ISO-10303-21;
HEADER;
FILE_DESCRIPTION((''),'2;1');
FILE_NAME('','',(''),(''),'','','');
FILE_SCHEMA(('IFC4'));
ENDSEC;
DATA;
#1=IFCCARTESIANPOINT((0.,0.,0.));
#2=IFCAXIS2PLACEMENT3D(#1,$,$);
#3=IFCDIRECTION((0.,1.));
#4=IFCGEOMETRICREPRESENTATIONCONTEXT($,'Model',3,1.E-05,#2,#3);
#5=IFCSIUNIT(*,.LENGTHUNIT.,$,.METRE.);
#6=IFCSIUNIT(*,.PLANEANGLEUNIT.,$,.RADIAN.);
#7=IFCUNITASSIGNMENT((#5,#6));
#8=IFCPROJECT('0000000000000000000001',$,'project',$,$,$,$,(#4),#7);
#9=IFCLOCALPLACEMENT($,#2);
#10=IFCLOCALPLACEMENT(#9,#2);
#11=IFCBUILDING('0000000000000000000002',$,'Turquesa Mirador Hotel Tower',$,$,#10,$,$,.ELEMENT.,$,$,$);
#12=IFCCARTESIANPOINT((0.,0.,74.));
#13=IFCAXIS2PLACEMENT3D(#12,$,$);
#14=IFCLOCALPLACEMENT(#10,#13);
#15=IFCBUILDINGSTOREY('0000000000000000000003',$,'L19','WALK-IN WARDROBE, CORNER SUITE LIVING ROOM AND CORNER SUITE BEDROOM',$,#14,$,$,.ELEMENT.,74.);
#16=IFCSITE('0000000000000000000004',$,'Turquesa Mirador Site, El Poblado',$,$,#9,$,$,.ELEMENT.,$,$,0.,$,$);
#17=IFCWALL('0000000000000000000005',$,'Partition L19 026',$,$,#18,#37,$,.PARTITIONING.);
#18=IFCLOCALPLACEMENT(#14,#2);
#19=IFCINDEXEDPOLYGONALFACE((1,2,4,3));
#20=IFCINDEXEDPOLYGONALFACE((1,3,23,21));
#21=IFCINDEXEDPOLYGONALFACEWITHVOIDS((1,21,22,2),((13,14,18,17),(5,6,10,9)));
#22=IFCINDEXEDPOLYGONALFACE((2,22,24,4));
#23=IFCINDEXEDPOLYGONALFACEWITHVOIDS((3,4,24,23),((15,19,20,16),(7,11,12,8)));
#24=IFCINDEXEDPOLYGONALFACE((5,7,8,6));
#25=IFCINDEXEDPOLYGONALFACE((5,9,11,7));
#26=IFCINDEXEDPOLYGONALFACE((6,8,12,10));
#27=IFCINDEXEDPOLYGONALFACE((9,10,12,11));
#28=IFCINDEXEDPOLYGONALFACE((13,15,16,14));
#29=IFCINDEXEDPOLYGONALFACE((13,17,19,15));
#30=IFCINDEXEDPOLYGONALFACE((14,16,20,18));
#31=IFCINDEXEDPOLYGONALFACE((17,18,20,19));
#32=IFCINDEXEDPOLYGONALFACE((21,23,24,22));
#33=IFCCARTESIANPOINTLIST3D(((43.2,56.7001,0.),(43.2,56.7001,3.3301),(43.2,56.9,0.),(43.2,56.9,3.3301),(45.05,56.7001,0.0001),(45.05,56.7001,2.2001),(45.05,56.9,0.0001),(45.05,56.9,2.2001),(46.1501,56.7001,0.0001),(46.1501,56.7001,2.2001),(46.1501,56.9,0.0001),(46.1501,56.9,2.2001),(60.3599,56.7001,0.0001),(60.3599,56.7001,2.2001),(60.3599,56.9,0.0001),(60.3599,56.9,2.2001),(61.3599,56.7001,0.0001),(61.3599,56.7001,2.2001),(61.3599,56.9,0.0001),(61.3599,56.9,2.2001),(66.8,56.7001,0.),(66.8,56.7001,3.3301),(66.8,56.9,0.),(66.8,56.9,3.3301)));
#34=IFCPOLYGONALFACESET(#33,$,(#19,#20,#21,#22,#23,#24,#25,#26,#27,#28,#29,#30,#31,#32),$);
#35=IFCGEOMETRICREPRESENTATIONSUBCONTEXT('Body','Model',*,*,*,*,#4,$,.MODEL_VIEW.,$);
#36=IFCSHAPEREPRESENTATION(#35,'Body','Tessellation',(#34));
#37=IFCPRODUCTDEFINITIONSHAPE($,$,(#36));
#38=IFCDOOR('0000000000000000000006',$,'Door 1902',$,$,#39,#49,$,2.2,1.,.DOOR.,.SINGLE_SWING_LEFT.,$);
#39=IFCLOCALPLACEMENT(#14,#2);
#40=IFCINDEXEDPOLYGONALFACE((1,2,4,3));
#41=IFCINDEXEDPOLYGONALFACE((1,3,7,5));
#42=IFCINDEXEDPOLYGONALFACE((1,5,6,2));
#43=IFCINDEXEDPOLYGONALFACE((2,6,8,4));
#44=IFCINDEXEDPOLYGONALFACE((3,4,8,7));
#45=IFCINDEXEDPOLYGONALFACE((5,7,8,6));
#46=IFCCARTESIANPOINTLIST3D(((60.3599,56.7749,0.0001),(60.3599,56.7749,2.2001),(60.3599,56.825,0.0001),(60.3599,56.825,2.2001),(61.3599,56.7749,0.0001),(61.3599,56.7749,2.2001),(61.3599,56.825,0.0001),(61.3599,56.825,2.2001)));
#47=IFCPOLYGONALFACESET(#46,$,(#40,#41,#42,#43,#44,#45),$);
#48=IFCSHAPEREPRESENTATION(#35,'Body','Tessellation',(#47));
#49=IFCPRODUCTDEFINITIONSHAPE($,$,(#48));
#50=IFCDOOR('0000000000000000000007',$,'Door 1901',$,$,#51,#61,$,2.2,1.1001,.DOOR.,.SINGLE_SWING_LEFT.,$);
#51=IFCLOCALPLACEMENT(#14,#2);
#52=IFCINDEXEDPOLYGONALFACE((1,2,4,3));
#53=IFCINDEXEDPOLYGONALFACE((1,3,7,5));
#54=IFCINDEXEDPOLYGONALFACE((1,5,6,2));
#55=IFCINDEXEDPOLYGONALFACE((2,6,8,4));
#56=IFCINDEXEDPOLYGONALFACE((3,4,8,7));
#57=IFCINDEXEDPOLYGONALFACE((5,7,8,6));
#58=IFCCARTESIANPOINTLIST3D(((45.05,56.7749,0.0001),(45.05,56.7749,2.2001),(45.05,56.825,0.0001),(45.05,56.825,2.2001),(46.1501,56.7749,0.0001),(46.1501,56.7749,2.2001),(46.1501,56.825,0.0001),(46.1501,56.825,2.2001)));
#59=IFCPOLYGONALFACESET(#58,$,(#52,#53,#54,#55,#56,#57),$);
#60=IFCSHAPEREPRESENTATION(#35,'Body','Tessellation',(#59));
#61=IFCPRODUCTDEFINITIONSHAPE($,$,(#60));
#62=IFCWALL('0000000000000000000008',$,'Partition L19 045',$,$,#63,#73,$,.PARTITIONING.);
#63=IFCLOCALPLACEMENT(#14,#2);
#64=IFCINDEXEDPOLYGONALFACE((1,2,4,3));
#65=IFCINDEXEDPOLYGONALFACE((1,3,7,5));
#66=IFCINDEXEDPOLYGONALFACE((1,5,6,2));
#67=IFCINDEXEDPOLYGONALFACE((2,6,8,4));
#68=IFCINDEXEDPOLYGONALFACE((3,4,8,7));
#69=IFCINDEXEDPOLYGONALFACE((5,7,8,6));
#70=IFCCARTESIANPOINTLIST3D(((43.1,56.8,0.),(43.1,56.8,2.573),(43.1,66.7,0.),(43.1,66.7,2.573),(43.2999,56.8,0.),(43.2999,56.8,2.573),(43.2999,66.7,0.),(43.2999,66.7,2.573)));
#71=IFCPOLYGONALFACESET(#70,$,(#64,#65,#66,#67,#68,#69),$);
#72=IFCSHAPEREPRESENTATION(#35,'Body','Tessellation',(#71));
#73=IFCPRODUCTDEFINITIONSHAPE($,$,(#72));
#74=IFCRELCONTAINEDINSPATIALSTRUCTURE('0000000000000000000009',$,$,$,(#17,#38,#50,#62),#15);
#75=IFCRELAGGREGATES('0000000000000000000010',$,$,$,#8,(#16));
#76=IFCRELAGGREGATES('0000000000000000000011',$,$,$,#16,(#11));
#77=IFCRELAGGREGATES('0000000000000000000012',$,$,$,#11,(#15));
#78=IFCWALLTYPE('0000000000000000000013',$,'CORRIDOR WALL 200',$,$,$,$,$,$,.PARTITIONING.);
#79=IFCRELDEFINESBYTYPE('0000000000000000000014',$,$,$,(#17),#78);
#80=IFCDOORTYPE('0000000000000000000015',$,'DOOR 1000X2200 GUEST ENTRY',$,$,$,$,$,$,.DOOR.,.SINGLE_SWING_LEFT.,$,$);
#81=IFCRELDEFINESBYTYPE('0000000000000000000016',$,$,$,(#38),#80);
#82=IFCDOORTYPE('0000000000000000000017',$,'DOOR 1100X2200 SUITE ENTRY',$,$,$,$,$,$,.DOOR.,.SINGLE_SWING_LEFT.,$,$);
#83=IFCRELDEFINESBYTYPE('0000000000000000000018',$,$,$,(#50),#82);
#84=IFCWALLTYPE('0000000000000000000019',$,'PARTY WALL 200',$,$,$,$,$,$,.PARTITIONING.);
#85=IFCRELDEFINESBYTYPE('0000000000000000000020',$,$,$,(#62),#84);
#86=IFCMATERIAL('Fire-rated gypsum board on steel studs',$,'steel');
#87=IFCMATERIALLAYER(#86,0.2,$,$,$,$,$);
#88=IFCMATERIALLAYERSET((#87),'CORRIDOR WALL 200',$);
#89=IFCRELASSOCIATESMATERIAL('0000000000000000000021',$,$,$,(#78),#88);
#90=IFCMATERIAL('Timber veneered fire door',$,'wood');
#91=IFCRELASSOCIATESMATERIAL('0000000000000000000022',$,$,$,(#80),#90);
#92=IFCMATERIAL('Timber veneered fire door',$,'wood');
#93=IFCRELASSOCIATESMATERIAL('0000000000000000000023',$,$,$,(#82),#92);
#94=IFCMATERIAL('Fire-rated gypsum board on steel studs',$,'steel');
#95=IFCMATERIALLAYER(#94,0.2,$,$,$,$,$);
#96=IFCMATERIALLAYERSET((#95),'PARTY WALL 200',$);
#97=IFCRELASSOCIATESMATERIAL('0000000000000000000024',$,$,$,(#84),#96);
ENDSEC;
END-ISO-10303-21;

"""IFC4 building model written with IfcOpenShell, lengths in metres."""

from ifc_helpers import new_model, si_unit, direction, frame, frame_2d, origin, place, context, subcontext, project, spatial, rectangle, extrude, material, layer, layer_set, type_object, element, fill, save


model = new_model("IFC4")

# Units and contexts
model_context = context("Model", 3, precision=1e-05, world=origin(), true_north=direction((0.0, 1.0)))
body_context = subcontext(model_context, "Body", "Model", "MODEL_VIEW")
ifc_project = project(units=[si_unit("LENGTHUNIT", "METRE"), si_unit("PLANEANGLEUNIT", "RADIAN")], contexts=[model_context])

# Site, building, storey
site_placement = place(None, origin())
site = spatial("IfcSite", under=ifc_project, at=site_placement, Name="Turquesa Mirador Site, El Poblado", CompositionType="ELEMENT", RefElevation=0.0)
building_placement = place(site_placement, origin())
building = spatial("IfcBuilding", under=site, at=building_placement, Name="Turquesa Mirador Hotel Tower", CompositionType="ELEMENT")
storey_placement = place(building_placement, frame((0.0, 0.0, 74.0)))
storey = spatial("IfcBuildingStorey", under=building, at=storey_placement, Name="L19", Description="WALK-IN WARDROBE, CORNER SUITE LIVING ROOM AND CORNER SUITE BEDROOM", CompositionType="ELEMENT", Elevation=74.0)

# Wall, openings, doors
ifc_material_1 = material(Name="Fire-rated gypsum board on steel studs", Category="steel")
ifc_layer_1 = layer(ifc_material_1, 0.2)
ifc_layer_set_1 = layer_set([ifc_layer_1], Name="CORRIDOR WALL 200")
wall_type_1 = type_object("IfcWallType", Name="CORRIDOR WALL 200", PredefinedType="PARTITIONING", material=ifc_layer_set_1)
wall_1_placement = place(storey_placement, frame((43.2, 56.8, 0.0), z_axis=(0.0, 0.0, 1.0), x_axis=(1.0, 0.0, 0.0)))
wall_1 = element("IfcWall", 1, at=wall_1_placement, inside=storey, type_object=wall_type_1, Name="Partition L19 026", PredefinedType="PARTITIONING", context=body_context, shape_type="SweptSolid", body=[
    extrude(rectangle(XDim=23.6001, YDim=0.2, at=frame_2d((11.8, 0.0))), origin(), (0.0, 0.0, 1.0), 3.3301),
])
opening_1_placement = place(wall_1_placement, frame((1.8501, 0.0, 0.0)))
opening_1 = element("IfcOpeningElement", 2, at=opening_1_placement, cuts=wall_1, PredefinedType="OPENING", context=body_context, shape_type="SweptSolid", body=[
    extrude(rectangle(XDim=1.1001, YDim=2.2, at=frame_2d((0.55, 1.1001))), frame((0.0, 0.1099, 0.0), z_axis=(0.0, -1.0, 0.0), x_axis=(1.0, 0.0, 0.0)), (0.0, 0.0, 1.0), 0.22),
])
opening_2_placement = place(wall_1_placement, frame((17.1599, 0.0, 0.0)))
opening_2 = element("IfcOpeningElement", 3, at=opening_2_placement, cuts=wall_1, PredefinedType="OPENING", context=body_context, shape_type="SweptSolid", body=[
    extrude(rectangle(XDim=1.0, YDim=2.2, at=frame_2d((0.5, 1.1001))), frame((0.0, 0.1099, 0.0), z_axis=(0.0, -1.0, 0.0), x_axis=(1.0, 0.0, 0.0)), (0.0, 0.0, 1.0), 0.22),
])
ifc_material_2 = material(Name="Timber veneered fire door", Category="wood")
door_type_1 = type_object("IfcDoorType", Name="DOOR 1000X2200 GUEST ENTRY", OperationType="SINGLE_SWING_LEFT", PredefinedType="DOOR", material=ifc_material_2)
door_1_placement = place(opening_2_placement, origin())
door_1 = element("IfcDoor", 4, at=door_1_placement, inside=storey, type_object=door_type_1, Name="Door 1902", OperationType="SINGLE_SWING_LEFT", OverallHeight=2.2, OverallWidth=1.0, PredefinedType="DOOR", context=body_context, shape_type="SweptSolid", body=[
    extrude(rectangle(XDim=1.0, YDim=2.2, at=frame_2d((0.5, 1.1001))), frame((0.0, 0.0249, 0.0), z_axis=(0.0, -1.0, 0.0), x_axis=(1.0, 0.0, 0.0)), (0.0, 0.0, 1.0), 0.05),
])
fill(opening_2, door_1)
ifc_material_3 = material(Name="Timber veneered fire door", Category="wood")
door_type_2 = type_object("IfcDoorType", Name="DOOR 1100X2200 SUITE ENTRY", OperationType="SINGLE_SWING_LEFT", PredefinedType="DOOR", material=ifc_material_3)
door_2_placement = place(opening_1_placement, origin())
door_2 = element("IfcDoor", 5, at=door_2_placement, inside=storey, type_object=door_type_2, Name="Door 1901", OperationType="SINGLE_SWING_LEFT", OverallHeight=2.2, OverallWidth=1.1001, PredefinedType="DOOR", context=body_context, shape_type="SweptSolid", body=[
    extrude(rectangle(XDim=1.1001, YDim=2.2, at=frame_2d((0.55, 1.1001))), frame((0.0, 0.0249, 0.0), z_axis=(0.0, -1.0, 0.0), x_axis=(1.0, 0.0, 0.0)), (0.0, 0.0, 1.0), 0.05),
])
fill(opening_1, door_2)

# Wall
ifc_material_4 = material(Name="Fire-rated gypsum board on steel studs", Category="steel")
ifc_layer_2 = layer(ifc_material_4, 0.2)
ifc_layer_set_2 = layer_set([ifc_layer_2], Name="PARTY WALL 200")
wall_type_2 = type_object("IfcWallType", Name="PARTY WALL 200", PredefinedType="PARTITIONING", material=ifc_layer_set_2)
wall_2_placement = place(storey_placement, frame((43.2, 56.8, 0.0), z_axis=(0.0, 0.0, 1.0), x_axis=(0.0, 1.0, 0.0)))
element("IfcWall", 6, at=wall_2_placement, inside=storey, type_object=wall_type_2, Name="Partition L19 045", PredefinedType="PARTITIONING", context=body_context, shape_type="SweptSolid", body=[
    extrude(rectangle(XDim=9.8999, YDim=0.2, at=frame_2d((4.95, 0.0))), origin(), (0.0, 0.0, 1.0), 2.573),
])

save(model, "model.ifc")
